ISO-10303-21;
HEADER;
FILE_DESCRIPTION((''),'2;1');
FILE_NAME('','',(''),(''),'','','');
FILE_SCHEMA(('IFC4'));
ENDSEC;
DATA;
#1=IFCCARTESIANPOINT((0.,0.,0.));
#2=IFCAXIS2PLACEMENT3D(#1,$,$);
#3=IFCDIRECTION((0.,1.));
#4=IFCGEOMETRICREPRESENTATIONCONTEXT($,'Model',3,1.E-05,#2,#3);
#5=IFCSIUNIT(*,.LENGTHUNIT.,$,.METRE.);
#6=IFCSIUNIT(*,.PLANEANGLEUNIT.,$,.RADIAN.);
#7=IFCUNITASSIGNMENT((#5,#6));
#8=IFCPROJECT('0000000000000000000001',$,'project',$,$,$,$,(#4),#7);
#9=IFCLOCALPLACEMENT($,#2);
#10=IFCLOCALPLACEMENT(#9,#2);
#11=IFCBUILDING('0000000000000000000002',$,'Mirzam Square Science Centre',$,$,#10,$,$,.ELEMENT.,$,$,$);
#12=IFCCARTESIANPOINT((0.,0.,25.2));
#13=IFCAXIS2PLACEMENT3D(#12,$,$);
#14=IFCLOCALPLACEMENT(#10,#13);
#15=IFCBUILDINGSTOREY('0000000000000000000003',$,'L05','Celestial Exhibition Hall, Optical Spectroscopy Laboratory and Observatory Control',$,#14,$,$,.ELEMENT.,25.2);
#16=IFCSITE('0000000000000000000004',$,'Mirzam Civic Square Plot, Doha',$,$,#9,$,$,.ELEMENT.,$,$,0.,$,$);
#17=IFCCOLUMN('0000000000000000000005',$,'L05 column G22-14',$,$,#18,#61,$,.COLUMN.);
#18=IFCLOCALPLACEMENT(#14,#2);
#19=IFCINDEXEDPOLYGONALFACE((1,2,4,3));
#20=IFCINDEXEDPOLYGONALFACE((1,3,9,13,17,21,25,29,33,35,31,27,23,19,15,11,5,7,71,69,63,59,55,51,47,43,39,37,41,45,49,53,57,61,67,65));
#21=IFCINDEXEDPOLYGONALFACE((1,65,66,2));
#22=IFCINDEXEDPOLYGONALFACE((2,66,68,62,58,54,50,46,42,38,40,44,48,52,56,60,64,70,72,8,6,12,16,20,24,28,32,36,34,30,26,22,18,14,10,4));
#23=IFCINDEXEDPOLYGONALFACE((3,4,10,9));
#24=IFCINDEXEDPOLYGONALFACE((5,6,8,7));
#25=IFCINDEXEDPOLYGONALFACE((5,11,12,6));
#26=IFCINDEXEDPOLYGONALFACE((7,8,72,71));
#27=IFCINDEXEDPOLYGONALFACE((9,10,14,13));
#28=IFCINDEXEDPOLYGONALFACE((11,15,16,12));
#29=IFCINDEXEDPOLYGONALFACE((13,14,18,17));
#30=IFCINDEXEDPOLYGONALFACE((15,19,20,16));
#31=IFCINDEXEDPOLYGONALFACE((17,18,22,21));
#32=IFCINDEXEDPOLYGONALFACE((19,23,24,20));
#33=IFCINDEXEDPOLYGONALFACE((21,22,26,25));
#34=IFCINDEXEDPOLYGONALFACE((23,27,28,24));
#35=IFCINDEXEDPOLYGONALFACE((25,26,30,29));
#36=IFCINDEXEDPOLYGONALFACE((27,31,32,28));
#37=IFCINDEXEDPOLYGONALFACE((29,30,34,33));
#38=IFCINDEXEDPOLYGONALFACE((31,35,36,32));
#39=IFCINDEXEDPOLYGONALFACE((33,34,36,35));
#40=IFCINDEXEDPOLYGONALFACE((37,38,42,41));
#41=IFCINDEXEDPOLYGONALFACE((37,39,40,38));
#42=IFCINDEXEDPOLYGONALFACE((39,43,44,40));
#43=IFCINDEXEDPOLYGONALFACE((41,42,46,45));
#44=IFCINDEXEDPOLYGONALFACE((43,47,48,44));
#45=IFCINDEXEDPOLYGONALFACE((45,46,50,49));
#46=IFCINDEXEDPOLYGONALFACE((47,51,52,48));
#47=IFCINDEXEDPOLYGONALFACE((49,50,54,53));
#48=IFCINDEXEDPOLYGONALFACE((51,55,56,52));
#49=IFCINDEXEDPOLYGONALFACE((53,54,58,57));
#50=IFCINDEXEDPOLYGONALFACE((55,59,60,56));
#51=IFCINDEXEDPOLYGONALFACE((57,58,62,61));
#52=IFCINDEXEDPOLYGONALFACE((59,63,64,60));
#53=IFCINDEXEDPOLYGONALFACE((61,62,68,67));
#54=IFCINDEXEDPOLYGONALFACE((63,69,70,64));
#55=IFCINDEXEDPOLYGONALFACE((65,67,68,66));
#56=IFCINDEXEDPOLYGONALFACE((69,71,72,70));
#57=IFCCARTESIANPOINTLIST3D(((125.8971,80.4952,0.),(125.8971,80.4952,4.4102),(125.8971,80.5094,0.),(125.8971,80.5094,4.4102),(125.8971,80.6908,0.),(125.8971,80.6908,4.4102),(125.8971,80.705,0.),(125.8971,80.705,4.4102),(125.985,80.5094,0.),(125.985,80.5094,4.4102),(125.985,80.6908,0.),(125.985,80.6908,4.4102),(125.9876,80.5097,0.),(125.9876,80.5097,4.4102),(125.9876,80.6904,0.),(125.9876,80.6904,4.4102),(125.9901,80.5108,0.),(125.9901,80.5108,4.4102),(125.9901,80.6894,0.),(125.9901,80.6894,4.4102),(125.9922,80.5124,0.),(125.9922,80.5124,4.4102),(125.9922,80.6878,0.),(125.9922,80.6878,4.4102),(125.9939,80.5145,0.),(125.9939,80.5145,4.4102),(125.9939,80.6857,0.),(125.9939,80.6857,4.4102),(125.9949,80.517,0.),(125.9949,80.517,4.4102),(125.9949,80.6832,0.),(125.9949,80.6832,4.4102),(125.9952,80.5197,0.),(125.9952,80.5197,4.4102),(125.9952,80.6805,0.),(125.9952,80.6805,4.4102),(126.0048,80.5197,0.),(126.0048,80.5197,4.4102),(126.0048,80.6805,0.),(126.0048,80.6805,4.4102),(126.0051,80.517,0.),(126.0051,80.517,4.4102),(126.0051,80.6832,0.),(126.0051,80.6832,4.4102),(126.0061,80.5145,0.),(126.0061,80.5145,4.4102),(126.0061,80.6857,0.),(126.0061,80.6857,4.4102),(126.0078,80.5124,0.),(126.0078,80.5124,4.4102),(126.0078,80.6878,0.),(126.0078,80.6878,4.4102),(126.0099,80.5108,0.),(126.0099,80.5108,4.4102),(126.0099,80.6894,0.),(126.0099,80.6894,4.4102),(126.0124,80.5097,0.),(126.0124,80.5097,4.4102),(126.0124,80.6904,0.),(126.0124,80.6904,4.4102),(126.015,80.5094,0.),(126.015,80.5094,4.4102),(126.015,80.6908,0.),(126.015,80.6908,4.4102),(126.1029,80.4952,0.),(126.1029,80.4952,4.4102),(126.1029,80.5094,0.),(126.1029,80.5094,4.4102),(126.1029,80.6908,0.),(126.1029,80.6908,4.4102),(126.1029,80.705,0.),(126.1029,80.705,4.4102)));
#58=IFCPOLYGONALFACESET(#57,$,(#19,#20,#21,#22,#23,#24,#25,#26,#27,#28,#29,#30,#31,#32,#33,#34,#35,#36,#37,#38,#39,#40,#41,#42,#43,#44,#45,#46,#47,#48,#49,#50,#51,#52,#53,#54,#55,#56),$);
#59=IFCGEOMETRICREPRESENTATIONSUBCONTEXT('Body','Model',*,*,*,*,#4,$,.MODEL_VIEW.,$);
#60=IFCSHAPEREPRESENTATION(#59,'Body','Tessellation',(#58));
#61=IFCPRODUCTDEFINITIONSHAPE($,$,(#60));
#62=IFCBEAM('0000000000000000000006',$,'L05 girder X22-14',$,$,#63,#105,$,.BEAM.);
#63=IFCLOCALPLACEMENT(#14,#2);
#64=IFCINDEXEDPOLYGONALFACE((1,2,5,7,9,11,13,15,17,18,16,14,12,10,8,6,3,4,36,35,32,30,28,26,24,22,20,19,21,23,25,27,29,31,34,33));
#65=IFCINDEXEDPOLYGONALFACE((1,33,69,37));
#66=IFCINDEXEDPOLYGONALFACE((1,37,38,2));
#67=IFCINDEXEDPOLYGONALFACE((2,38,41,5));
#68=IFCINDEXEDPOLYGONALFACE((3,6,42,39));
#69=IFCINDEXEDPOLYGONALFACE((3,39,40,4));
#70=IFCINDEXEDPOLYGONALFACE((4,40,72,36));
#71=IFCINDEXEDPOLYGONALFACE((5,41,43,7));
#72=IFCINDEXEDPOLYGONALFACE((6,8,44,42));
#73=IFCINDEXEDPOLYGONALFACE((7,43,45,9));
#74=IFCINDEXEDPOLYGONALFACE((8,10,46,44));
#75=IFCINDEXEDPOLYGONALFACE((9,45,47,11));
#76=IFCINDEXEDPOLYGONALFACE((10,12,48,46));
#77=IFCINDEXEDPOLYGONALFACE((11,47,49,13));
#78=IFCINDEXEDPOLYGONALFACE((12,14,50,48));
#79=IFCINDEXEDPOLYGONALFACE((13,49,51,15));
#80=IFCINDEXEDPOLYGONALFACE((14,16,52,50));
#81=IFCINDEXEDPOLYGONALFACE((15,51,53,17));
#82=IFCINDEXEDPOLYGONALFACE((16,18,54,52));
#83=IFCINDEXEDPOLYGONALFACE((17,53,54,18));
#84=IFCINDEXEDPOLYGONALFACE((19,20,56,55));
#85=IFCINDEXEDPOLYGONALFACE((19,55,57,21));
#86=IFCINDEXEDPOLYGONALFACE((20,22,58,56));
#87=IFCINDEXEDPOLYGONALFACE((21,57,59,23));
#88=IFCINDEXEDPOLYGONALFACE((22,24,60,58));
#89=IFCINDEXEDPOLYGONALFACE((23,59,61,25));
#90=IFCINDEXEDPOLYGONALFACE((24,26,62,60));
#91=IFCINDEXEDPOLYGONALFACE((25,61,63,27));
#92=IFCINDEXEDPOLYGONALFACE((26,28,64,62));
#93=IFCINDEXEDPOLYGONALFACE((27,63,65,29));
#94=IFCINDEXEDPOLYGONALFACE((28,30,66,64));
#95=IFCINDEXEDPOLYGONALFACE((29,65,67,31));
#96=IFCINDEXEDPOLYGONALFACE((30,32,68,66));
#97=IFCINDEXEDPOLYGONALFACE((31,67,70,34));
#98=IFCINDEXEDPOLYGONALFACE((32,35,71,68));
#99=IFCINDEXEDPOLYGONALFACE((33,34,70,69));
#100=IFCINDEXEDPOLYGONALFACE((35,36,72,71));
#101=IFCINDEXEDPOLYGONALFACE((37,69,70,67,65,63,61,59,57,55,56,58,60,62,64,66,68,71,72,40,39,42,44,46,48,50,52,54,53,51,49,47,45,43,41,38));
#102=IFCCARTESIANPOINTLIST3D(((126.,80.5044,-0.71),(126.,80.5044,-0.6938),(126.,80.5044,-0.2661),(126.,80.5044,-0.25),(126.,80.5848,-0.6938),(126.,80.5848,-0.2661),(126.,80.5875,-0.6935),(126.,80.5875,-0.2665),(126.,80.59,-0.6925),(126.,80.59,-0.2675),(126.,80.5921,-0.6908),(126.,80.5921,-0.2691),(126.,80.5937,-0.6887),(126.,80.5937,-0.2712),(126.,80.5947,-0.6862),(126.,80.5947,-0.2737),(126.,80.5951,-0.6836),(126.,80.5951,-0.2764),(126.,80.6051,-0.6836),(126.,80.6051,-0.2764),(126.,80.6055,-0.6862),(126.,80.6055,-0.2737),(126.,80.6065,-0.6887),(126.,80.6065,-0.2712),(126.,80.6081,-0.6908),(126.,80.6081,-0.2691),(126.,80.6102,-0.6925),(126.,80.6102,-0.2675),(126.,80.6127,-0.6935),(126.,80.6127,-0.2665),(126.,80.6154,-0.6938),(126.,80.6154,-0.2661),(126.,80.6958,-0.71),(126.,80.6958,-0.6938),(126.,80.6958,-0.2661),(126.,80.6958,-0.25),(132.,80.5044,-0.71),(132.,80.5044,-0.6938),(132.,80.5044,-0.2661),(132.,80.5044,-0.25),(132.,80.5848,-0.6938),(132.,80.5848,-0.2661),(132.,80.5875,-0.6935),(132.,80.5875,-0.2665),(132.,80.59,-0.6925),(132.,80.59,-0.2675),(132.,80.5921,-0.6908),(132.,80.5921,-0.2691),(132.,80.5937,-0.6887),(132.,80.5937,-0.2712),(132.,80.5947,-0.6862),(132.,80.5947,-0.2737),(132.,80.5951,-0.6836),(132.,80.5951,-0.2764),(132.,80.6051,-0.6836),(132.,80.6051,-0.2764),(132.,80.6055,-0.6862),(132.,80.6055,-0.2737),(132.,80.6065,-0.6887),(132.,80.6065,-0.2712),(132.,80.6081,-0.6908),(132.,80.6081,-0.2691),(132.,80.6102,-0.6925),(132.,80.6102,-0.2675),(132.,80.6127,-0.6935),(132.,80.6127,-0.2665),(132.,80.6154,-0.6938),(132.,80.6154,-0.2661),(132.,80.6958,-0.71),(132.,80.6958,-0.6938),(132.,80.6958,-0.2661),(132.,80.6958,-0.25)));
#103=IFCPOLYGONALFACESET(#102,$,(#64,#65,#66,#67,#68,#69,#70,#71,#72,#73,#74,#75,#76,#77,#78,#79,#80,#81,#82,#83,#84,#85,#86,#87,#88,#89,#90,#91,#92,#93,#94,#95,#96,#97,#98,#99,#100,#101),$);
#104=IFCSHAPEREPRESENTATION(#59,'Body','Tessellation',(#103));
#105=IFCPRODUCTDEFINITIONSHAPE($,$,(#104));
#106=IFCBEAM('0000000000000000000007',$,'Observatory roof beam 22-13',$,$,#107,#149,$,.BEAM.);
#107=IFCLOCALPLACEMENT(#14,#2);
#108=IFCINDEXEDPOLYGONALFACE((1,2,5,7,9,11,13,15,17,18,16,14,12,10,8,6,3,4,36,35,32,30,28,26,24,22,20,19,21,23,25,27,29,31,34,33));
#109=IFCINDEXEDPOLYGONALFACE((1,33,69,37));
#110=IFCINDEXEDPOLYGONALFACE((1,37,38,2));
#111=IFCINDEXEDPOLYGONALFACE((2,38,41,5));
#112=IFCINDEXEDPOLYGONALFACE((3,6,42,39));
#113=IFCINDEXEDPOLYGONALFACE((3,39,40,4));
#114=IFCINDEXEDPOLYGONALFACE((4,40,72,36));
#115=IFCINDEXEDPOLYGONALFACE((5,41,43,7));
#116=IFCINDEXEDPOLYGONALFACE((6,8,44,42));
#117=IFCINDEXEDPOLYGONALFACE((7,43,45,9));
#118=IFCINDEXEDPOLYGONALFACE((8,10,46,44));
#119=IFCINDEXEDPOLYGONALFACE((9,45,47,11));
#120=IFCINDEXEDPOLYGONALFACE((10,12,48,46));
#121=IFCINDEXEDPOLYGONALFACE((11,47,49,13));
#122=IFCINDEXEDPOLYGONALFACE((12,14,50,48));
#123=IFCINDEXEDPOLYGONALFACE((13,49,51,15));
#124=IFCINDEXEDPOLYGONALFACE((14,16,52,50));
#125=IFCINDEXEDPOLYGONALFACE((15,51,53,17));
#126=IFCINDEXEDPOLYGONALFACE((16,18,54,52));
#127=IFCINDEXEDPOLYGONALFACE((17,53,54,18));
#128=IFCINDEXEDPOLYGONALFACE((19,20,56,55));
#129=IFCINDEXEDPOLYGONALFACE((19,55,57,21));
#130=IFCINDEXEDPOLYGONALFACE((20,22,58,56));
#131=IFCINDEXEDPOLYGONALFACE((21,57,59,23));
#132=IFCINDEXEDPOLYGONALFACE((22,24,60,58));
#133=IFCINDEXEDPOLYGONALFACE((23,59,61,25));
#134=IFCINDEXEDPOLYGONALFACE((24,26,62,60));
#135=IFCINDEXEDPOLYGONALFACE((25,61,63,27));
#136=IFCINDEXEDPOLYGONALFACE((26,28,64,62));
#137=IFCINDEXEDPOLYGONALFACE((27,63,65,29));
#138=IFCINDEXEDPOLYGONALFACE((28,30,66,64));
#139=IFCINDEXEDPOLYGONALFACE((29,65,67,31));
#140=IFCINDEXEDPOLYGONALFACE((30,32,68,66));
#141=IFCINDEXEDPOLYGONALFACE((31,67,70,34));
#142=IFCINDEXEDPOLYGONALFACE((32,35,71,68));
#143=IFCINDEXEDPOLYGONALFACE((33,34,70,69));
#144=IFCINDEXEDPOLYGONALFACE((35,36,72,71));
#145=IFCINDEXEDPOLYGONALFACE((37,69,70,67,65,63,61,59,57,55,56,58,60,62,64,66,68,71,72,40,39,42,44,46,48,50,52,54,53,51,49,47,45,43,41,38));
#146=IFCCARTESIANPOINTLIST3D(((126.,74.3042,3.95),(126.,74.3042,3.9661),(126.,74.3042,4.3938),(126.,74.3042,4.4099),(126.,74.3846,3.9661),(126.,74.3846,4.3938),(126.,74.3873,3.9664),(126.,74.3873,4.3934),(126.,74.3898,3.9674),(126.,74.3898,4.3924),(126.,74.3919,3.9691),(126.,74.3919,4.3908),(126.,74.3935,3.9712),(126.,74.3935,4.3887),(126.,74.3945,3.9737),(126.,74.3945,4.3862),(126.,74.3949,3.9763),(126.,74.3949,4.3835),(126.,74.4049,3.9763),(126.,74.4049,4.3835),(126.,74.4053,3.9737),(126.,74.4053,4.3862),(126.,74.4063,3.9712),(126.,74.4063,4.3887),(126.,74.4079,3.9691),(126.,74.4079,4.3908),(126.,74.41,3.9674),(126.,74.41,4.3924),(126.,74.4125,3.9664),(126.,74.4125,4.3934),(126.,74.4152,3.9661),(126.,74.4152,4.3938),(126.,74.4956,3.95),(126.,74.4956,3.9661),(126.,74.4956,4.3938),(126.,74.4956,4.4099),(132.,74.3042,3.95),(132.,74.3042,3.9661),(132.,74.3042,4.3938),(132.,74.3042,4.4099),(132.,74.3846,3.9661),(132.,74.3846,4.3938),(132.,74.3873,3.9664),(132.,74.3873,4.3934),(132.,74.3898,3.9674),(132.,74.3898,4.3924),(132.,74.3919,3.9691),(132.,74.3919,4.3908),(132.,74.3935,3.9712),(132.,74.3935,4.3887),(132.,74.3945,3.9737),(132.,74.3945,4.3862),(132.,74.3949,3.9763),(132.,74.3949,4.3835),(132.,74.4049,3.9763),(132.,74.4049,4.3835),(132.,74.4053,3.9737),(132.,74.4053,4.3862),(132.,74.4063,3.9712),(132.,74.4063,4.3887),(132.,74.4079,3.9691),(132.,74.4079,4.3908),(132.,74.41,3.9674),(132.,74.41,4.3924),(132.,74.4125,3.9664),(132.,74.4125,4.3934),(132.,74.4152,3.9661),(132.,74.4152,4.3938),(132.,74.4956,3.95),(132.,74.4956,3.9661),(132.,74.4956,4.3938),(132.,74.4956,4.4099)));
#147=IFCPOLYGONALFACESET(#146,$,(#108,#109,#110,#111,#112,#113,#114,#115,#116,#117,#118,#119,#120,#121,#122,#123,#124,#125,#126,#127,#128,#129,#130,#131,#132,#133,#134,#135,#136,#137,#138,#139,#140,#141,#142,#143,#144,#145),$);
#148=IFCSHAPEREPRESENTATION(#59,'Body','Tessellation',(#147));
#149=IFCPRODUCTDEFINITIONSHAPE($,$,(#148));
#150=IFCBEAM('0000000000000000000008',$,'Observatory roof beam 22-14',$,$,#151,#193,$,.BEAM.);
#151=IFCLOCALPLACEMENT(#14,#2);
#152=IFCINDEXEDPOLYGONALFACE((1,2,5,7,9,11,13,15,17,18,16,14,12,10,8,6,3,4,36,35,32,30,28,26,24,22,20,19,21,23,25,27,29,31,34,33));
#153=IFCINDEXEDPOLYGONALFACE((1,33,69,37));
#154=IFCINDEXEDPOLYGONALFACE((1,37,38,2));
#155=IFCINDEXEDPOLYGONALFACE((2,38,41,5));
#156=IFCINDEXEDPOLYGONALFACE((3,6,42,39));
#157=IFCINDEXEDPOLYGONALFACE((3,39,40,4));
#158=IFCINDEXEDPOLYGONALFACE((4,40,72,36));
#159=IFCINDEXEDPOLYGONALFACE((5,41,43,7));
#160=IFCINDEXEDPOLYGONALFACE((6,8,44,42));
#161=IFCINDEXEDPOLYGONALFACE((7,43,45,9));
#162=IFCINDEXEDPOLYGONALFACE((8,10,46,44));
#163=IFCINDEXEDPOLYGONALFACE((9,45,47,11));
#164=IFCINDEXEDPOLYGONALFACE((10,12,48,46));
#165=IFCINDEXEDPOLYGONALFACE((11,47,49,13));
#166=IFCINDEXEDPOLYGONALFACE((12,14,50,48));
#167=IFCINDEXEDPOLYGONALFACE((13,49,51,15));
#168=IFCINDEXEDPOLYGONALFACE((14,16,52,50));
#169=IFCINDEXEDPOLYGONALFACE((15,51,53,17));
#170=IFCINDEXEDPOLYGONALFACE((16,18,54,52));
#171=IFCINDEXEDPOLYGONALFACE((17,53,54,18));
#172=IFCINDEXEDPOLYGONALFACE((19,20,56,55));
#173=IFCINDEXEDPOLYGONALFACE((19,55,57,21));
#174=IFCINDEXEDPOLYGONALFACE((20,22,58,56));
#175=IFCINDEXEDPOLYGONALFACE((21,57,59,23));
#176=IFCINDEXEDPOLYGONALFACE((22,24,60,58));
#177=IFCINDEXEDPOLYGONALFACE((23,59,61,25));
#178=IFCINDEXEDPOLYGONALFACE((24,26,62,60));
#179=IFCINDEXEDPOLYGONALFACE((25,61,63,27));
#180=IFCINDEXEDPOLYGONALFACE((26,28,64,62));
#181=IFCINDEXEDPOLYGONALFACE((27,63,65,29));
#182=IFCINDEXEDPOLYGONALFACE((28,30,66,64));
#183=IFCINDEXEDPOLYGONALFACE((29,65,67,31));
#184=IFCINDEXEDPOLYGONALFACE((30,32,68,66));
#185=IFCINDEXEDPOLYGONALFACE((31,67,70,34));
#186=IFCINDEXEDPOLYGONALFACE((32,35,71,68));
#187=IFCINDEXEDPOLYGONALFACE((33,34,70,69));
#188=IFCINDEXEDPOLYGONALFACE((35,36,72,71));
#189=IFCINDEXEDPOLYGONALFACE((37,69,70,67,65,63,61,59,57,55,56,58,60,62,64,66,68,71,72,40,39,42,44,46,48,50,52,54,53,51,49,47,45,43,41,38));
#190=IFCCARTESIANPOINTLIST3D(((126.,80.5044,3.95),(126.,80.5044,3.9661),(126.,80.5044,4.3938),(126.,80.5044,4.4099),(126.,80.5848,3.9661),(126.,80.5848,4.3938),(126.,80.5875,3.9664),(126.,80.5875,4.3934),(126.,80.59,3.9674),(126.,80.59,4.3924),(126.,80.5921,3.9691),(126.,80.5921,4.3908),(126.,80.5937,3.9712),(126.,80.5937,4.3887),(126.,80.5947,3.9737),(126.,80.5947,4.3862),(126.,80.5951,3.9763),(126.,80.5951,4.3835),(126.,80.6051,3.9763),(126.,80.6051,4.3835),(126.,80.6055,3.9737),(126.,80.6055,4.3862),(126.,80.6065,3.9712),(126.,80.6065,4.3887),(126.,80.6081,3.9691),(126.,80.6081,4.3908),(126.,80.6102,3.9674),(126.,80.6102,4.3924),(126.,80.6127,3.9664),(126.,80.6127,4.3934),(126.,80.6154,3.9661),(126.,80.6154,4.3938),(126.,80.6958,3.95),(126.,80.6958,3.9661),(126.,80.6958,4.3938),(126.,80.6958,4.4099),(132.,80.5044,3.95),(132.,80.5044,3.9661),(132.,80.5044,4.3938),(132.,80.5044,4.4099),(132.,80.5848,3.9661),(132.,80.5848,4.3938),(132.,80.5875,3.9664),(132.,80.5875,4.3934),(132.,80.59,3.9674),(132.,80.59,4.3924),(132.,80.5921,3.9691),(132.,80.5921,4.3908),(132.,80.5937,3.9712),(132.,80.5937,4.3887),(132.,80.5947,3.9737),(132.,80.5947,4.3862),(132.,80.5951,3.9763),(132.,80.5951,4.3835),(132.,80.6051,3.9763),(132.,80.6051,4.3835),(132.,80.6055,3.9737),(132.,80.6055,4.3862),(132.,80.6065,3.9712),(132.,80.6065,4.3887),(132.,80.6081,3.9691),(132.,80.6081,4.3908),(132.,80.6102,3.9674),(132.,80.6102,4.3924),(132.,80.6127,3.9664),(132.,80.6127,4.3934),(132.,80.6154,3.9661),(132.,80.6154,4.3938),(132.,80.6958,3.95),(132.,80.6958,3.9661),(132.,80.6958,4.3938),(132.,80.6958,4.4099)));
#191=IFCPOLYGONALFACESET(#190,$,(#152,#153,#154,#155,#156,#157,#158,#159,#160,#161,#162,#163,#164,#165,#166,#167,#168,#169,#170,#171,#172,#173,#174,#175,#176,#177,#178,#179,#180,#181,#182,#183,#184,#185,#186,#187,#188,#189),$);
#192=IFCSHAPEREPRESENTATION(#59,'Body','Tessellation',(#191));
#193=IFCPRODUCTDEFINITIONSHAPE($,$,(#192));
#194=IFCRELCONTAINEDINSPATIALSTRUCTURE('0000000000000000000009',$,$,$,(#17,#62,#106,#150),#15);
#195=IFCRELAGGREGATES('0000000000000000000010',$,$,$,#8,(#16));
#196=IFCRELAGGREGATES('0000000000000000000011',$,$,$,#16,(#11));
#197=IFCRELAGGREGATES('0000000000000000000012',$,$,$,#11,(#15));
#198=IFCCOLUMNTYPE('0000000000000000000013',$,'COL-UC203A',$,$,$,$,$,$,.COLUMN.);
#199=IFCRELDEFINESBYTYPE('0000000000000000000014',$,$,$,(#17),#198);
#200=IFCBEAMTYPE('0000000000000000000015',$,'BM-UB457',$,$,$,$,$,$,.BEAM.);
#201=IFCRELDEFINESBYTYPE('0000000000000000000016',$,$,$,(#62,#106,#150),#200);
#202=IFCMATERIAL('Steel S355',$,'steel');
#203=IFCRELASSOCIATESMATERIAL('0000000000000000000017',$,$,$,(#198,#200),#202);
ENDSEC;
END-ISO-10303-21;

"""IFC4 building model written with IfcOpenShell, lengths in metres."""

from ifc_helpers import new_model, si_unit, direction, frame, origin, origin_2d, place, context, subcontext, project, spatial, i_section, extrude, material, material_profile, profile_set, type_object, element, save


model = new_model("IFC4")

# Units and contexts
model_context = context("Model", 3, precision=1e-05, world=origin(), true_north=direction((0.0, 1.0)))
body_context = subcontext(model_context, "Body", "Model", "MODEL_VIEW")
ifc_project = project(units=[si_unit("LENGTHUNIT", "METRE"), si_unit("PLANEANGLEUNIT", "RADIAN")], contexts=[model_context])

# Site, building, storey
site_placement = place(None, origin())
site = spatial("IfcSite", under=ifc_project, at=site_placement, Name="Mirzam Civic Square Plot, Doha", CompositionType="ELEMENT", RefElevation=0.0)
building_placement = place(site_placement, origin())
building = spatial("IfcBuilding", under=site, at=building_placement, Name="Mirzam Square Science Centre", CompositionType="ELEMENT")
storey_placement = place(building_placement, frame((0.0, 0.0, 25.2)))
storey = spatial("IfcBuildingStorey", under=building, at=storey_placement, Name="L05", Description="Celestial Exhibition Hall, Optical Spectroscopy Laboratory and Observatory Control", CompositionType="ELEMENT", Elevation=25.2)

# Column
ifc_material_1 = material(Name="Steel S355", Category="steel")
ifc_material_profile_1 = material_profile(ifc_material_1, i_section(OverallWidth=0.2058, OverallDepth=0.2097, WebThickness=0.0095, FlangeThickness=0.0142, FilletRadius=0.0103, at=origin_2d()), Name="203x203x60UC")
ifc_profile_set_1 = profile_set([ifc_material_profile_1], Name="Steel S355")
column_type = type_object("IfcColumnType", Name="COL-UC203A", PredefinedType="COLUMN", material=ifc_profile_set_1)
column_placement = place(storey_placement, frame((126.0, 80.6001, 0.0), z_axis=(0.0, 0.0, 1.0), x_axis=(1.0, 0.0, 0.0)))
element("IfcColumn", 1, at=column_placement, inside=storey, type_object=column_type, Name="L05 column G22-14", PredefinedType="COLUMN", context=body_context, shape_type="SweptSolid", body=[
    extrude(i_section(OverallWidth=0.2058, OverallDepth=0.2097, WebThickness=0.0095, FlangeThickness=0.0142, FilletRadius=0.0103, at=origin_2d()), origin(), (0.0, 0.0, 1.0), 4.4102),
])

# Beams
ifc_material_profile_2 = material_profile(ifc_material_1, i_section(OverallWidth=0.1914, OverallDepth=0.46, WebThickness=0.01, FlangeThickness=0.0161, FilletRadius=0.0103, at=origin_2d()), Name="457x191x82UB")
ifc_profile_set_2 = profile_set([ifc_material_profile_2], Name="Steel S355")
beam_type_1 = type_object("IfcBeamType", Name="BM-UB457", PredefinedType="BEAM", material=ifc_profile_set_2)
for number, where, z_axis, x_axis, name in (
    (2, (126.0, 80.6001, -0.48), (1.0, 0.0, 0.0), (0.0, 1.0, 0.0), "L05 girder X22-14"),
    (3, (126.0, 74.3999, 4.1799), (1.0, 0.0, 0.0), (0.0, 1.0, 0.0), "Observatory roof beam 22-13"),
    (4, (126.0, 80.6001, 4.1799), (1.0, 0.0, 0.0), (0.0, 1.0, 0.0), "Observatory roof beam 22-14"),
):
    element("IfcBeam", number, at=place(storey_placement, frame(where, z_axis=z_axis, x_axis=x_axis)), inside=storey, type_object=beam_type_1, Name=name, PredefinedType="BEAM", context=body_context, shape_type="SweptSolid", body=[
        extrude(i_section(OverallWidth=0.1914, OverallDepth=0.46, WebThickness=0.01, FlangeThickness=0.0161, FilletRadius=0.0103, at=origin_2d()), origin(), (0.0, 0.0, 1.0), 6.0),
    ])

save(model, "model.ifc")
